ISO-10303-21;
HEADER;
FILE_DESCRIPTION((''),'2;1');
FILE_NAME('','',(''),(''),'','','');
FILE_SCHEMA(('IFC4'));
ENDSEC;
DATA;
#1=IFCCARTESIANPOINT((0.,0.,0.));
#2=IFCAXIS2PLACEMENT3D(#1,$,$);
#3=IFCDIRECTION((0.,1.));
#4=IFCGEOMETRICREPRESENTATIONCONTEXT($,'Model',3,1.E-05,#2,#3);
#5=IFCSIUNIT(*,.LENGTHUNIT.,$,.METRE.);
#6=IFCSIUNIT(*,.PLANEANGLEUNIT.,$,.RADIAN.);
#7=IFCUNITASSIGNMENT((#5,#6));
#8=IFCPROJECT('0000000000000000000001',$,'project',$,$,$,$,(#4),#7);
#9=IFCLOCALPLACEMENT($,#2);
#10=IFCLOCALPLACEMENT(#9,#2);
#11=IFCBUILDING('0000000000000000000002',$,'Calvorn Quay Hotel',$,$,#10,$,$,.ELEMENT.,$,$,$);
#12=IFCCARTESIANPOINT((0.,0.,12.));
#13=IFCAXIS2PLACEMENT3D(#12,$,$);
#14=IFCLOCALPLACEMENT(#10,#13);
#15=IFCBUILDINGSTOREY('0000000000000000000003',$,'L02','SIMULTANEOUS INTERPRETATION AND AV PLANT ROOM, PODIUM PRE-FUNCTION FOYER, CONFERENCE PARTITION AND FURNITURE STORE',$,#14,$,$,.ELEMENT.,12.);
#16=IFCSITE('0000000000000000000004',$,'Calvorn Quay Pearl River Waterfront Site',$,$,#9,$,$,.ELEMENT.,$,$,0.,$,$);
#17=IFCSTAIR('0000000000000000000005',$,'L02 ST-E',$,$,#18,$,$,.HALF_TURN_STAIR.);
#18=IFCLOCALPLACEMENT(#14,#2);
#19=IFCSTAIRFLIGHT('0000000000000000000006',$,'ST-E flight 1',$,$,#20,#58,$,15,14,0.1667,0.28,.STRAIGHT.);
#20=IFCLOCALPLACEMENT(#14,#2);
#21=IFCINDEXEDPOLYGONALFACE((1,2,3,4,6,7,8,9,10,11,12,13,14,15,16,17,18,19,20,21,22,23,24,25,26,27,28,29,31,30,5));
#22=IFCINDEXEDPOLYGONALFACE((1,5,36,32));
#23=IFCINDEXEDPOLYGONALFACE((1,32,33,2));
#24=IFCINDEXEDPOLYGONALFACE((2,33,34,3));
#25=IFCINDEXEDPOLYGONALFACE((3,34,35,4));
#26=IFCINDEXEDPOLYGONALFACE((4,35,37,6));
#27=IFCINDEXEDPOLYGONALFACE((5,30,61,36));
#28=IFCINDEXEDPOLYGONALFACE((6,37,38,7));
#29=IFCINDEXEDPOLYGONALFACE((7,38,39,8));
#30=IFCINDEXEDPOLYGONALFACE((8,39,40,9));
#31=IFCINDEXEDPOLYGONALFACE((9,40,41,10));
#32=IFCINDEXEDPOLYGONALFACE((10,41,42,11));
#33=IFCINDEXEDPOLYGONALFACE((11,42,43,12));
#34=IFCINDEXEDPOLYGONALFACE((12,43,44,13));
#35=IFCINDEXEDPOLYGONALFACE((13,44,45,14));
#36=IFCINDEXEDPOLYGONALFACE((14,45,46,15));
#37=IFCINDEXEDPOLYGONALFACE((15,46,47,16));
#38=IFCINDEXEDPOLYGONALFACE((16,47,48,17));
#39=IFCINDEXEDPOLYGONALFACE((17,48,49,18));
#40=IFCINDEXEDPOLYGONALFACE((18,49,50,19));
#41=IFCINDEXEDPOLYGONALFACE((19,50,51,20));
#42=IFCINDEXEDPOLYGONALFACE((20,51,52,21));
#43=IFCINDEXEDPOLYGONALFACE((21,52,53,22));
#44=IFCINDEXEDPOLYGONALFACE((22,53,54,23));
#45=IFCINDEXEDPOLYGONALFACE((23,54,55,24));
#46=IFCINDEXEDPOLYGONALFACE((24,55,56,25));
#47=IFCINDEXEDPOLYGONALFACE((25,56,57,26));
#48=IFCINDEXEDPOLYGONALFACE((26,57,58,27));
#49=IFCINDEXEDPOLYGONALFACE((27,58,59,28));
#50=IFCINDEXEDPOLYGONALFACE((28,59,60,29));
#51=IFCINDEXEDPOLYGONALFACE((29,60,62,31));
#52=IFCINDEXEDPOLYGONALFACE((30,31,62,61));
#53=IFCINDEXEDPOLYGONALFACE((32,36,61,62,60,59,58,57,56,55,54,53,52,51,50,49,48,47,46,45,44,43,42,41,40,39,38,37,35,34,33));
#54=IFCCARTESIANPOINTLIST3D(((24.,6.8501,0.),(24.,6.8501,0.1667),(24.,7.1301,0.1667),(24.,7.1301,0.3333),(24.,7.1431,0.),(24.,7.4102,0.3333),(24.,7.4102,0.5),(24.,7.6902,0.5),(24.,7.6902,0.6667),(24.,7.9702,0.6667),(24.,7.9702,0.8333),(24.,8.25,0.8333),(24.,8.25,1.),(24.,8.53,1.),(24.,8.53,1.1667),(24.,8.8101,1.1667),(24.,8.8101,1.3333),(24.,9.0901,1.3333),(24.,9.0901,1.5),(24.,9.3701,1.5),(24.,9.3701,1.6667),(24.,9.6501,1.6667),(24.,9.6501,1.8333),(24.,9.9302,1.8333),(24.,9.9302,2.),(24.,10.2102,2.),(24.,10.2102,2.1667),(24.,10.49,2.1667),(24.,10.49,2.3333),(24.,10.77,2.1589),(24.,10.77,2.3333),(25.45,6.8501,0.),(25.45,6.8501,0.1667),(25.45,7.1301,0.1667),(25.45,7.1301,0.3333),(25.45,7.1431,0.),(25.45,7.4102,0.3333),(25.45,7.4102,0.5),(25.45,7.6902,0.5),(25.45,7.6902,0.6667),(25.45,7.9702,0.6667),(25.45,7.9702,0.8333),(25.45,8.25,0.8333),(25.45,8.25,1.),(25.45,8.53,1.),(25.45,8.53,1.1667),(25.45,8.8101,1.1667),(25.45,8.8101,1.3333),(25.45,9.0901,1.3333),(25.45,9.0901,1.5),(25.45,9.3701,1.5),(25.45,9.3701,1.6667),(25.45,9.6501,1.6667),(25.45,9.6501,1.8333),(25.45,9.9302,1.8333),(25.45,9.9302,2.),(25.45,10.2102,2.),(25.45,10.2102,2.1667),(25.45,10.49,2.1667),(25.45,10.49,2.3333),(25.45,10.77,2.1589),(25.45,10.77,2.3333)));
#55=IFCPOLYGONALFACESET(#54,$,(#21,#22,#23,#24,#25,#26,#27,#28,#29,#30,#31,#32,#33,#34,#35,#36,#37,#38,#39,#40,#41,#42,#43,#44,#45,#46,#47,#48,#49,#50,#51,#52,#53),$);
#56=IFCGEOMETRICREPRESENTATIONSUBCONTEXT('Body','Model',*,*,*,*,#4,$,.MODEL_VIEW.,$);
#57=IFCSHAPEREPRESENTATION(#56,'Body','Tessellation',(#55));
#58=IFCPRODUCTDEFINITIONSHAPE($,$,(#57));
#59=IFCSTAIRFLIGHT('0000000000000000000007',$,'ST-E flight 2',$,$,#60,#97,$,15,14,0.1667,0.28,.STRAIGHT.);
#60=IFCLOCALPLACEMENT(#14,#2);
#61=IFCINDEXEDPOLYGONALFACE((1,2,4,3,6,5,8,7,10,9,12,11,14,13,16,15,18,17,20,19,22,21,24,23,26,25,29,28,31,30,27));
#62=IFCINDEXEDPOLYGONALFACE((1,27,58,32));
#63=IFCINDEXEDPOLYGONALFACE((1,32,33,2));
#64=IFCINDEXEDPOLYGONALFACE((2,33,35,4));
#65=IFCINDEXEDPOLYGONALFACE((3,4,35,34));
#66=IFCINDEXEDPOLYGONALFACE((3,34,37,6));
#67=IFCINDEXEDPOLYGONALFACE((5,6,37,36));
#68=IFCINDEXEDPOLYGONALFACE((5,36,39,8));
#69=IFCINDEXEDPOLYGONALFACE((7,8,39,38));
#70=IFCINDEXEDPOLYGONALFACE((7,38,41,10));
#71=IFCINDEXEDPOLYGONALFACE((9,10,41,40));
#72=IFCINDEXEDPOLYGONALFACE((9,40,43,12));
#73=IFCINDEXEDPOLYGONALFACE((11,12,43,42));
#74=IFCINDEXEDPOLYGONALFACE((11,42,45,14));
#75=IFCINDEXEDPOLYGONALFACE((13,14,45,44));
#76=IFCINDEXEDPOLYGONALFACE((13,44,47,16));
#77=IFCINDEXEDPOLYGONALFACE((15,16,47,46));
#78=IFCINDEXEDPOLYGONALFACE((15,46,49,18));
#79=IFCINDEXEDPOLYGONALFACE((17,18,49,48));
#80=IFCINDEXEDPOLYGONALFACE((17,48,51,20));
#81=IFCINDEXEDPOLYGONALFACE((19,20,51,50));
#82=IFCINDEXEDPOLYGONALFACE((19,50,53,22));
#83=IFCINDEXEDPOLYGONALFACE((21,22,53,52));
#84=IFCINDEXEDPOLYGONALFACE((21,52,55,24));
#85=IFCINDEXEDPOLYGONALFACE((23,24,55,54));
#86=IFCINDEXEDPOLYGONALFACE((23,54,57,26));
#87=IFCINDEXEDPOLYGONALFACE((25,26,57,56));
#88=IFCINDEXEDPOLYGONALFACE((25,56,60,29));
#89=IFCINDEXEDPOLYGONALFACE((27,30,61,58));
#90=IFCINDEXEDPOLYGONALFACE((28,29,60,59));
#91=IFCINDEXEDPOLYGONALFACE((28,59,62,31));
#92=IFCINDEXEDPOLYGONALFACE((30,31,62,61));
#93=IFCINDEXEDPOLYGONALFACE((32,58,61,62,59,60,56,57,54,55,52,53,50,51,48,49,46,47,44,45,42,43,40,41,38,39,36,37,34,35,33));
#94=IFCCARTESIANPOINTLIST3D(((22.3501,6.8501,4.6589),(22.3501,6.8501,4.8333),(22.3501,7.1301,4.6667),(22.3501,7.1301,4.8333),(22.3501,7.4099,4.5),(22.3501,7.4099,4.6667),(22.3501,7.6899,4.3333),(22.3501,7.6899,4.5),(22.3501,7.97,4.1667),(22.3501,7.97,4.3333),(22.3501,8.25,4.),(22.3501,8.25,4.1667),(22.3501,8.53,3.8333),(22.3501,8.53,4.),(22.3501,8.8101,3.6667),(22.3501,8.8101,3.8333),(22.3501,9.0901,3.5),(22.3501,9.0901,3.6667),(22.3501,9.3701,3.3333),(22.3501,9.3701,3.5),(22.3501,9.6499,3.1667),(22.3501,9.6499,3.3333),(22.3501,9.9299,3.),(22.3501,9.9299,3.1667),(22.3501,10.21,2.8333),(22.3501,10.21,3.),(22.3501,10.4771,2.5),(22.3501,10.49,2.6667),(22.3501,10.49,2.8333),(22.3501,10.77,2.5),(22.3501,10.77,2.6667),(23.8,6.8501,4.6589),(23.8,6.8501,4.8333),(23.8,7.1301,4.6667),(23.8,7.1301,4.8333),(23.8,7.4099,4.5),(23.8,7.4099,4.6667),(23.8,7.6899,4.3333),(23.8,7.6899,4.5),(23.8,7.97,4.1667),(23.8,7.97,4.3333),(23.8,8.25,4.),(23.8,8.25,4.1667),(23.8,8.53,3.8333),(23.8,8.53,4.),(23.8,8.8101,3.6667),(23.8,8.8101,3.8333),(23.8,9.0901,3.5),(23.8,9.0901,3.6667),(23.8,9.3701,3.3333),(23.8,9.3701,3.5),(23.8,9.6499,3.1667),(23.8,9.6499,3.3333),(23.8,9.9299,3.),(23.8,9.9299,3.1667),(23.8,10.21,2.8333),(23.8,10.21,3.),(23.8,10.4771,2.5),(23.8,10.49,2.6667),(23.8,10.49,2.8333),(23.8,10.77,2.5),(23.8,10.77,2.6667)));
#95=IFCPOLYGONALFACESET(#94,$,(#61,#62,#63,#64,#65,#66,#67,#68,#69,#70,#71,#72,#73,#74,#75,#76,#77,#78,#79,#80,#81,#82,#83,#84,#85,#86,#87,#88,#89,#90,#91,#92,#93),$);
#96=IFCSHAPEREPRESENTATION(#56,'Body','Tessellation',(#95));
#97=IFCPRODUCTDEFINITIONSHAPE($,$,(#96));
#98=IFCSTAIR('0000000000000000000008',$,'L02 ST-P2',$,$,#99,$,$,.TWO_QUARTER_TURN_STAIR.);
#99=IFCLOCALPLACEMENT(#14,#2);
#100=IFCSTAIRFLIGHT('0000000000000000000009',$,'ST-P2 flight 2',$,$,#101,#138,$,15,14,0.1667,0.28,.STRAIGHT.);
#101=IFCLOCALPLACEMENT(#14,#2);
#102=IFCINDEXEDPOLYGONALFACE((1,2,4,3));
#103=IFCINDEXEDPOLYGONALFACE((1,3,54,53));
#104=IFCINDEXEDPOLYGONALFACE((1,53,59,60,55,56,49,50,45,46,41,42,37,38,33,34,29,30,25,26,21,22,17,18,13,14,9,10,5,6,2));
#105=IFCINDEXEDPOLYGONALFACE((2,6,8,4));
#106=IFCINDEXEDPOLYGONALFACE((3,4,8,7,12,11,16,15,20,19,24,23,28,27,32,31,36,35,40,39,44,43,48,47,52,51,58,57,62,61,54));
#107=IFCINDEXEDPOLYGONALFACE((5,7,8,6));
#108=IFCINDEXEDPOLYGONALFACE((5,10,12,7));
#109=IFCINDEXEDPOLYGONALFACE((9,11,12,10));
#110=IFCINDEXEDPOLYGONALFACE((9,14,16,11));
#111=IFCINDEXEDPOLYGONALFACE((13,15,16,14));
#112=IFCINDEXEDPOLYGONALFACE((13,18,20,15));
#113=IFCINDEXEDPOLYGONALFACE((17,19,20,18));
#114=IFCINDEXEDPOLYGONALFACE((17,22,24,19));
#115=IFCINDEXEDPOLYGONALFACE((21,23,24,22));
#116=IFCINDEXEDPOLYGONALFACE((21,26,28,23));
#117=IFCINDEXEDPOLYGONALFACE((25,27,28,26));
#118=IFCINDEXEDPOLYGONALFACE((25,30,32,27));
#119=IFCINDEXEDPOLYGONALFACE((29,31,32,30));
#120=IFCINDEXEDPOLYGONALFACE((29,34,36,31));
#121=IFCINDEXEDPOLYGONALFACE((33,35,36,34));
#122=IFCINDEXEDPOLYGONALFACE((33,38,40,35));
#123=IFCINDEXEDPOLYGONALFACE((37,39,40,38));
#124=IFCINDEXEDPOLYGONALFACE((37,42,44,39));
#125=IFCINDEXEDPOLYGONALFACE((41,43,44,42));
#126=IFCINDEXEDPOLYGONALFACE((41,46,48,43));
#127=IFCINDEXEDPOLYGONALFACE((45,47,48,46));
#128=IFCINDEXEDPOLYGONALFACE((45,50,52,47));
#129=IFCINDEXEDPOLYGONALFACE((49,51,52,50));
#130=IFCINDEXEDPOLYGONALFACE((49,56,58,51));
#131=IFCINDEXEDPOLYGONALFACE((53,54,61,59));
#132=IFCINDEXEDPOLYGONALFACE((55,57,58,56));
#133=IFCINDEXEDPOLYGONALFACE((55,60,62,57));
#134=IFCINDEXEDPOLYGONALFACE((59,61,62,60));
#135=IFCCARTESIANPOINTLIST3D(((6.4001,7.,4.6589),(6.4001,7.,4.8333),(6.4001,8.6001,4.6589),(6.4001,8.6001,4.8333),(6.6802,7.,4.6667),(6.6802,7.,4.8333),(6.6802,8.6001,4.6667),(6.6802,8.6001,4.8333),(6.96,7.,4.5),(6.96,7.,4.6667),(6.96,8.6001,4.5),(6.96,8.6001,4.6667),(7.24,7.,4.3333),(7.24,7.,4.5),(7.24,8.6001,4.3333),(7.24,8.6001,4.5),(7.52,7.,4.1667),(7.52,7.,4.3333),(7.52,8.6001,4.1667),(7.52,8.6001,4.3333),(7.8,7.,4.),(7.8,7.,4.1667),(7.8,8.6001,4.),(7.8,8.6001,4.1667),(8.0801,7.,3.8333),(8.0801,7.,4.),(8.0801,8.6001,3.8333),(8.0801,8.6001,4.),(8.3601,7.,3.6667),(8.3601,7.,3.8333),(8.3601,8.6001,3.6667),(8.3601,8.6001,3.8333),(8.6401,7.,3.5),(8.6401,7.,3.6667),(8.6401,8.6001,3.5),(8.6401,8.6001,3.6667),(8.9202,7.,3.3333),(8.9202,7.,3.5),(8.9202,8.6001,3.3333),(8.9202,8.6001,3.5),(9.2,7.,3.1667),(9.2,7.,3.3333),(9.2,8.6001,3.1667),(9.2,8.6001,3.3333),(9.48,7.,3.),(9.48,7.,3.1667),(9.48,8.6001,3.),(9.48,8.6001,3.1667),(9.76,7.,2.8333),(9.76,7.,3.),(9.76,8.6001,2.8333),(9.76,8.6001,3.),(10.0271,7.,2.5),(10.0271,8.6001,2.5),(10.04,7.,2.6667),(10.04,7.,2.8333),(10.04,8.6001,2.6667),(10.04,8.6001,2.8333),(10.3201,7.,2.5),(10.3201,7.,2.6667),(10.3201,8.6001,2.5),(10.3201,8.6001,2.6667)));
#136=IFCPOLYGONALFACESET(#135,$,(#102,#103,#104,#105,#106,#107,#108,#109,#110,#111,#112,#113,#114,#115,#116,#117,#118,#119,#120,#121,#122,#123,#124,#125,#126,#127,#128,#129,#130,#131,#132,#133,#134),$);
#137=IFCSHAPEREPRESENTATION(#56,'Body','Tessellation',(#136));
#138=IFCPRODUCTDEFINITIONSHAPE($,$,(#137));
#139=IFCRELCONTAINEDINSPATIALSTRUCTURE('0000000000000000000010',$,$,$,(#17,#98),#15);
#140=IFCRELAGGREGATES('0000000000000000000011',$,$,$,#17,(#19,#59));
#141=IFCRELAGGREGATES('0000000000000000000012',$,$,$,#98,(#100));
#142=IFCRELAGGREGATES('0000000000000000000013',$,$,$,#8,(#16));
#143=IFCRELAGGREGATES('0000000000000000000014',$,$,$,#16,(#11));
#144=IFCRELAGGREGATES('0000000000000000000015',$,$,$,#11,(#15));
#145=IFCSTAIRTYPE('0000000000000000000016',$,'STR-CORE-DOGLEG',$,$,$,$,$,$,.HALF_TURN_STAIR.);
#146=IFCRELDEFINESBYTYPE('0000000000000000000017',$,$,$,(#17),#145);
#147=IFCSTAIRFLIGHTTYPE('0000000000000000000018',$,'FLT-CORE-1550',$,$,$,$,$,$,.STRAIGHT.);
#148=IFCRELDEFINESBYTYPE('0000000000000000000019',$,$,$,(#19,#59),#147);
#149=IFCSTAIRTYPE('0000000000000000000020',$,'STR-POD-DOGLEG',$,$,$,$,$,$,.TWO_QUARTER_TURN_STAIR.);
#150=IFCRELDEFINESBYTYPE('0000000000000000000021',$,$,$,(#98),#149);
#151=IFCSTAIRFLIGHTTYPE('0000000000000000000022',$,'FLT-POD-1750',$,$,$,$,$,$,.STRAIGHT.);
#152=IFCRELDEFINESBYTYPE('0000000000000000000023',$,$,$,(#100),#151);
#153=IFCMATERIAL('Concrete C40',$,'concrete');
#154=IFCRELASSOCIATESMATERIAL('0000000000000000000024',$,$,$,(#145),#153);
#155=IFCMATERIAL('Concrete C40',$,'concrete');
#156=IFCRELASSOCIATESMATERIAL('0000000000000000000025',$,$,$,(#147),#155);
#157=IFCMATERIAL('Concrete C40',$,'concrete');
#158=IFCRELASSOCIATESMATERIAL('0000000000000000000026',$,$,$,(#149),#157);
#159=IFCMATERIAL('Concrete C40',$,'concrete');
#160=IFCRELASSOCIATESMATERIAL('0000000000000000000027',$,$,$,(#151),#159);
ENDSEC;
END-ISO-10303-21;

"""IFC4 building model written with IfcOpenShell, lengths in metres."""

from ifc_helpers import new_model, si_unit, direction, frame, origin, place, context, subcontext, project, spatial, polyline, outline, extrude, material, type_object, element, aggregate, save


model = new_model("IFC4")

# Units and contexts
model_context = context("Model", 3, precision=1e-05, world=origin(), true_north=direction((0.0, 1.0)))
body_context = subcontext(model_context, "Body", "Model", "MODEL_VIEW")
ifc_project = project(units=[si_unit("LENGTHUNIT", "METRE"), si_unit("PLANEANGLEUNIT", "RADIAN")], contexts=[model_context])

# Site, building, storey
site_placement = place(None, origin())
site = spatial("IfcSite", under=ifc_project, at=site_placement, Name="Calvorn Quay Pearl River Waterfront Site", CompositionType="ELEMENT", RefElevation=0.0)
building_placement = place(site_placement, origin())
building = spatial("IfcBuilding", under=site, at=building_placement, Name="Calvorn Quay Hotel", CompositionType="ELEMENT")
storey_placement = place(building_placement, frame((0.0, 0.0, 12.0)))
storey = spatial("IfcBuildingStorey", under=building, at=storey_placement, Name="L02", Description="SIMULTANEOUS INTERPRETATION AND AV PLANT ROOM, PODIUM PRE-FUNCTION FOYER, CONFERENCE PARTITION AND FURNITURE STORE", CompositionType="ELEMENT", Elevation=12.0)

# Shared definitions
ifc_material_1 = material(Name="Concrete C40", Category="concrete")
stair_type_1 = type_object("IfcStairType", Name="STR-CORE-DOGLEG", PredefinedType="HALF_TURN_STAIR", material=ifc_material_1)
ifc_material_2 = material(Name="Concrete C40", Category="concrete")
stair_flight_type_1 = type_object("IfcStairFlightType", Name="FLT-CORE-1550", PredefinedType="STRAIGHT", material=ifc_material_2)

# Stair, stair flights
stair_1_placement = place(storey_placement, origin())
stair_1 = element("IfcStair", 1, at=stair_1_placement, inside=storey, type_object=stair_type_1, Name="L02 ST-E", PredefinedType="HALF_TURN_STAIR")
stair_flight_1_placement = place(storey_placement, frame((24.7251, 6.8501, 0.0), z_axis=(0.0, 0.0, 1.0), x_axis=(0.0, 1.0, 0.0)))
stair_flight_1 = element("IfcStairFlight", 2, at=stair_flight_1_placement, type_object=stair_flight_type_1, Name="ST-E flight 1", NumberOfRisers=15, NumberOfTreads=14, PredefinedType="STRAIGHT", RiserHeight=0.1667, TreadLength=0.28, context=body_context, shape_type="SweptSolid", body=[
    extrude(outline(polyline([(0.0, 0.0), (0.0, 0.1667), (0.28, 0.1667), (0.28, 0.3333), (0.5601, 0.3333), (0.5601, 0.5), (0.8401, 0.5), (0.8401, 0.6667), (1.1201, 0.6667), (1.1201, 0.8333), (1.3999, 0.8333), (1.3999, 1.0), (1.6799, 1.0), (1.6799, 1.1667), (1.96, 1.1667), (1.96, 1.3333), (2.24, 1.3333), (2.24, 1.5), (2.52, 1.5), (2.52, 1.6667), (2.8, 1.6667), (2.8, 1.8333), (3.0801, 1.8333), (3.0801, 2.0), (3.3601, 2.0), (3.3601, 2.1667), (3.6399, 2.1667), (3.6399, 2.3333), (3.9199, 2.3333), (3.9199, 2.5), (3.9199, 2.1589), (0.293, 0.0), (0.0, 0.0)])), frame((0.0, 0.7251, 0.0), z_axis=(0.0, -1.0, 0.0), x_axis=(1.0, 0.0, 0.0)), (0.0, 0.0, 1.0), 1.45),
])
stair_flight_2_placement = place(storey_placement, frame((23.075, 10.77, 2.5), z_axis=(0.0, 0.0, 1.0), x_axis=(0.0, -1.0, 0.0)))
stair_flight_2 = element("IfcStairFlight", 3, at=stair_flight_2_placement, type_object=stair_flight_type_1, Name="ST-E flight 2", NumberOfRisers=15, NumberOfTreads=14, PredefinedType="STRAIGHT", RiserHeight=0.1667, TreadLength=0.28, context=body_context, shape_type="SweptSolid", body=[
    extrude(outline(polyline([(0.0, 0.0), (0.0, 0.1667), (0.28, 0.1667), (0.28, 0.3333), (0.5601, 0.3333), (0.5601, 0.5), (0.8401, 0.5), (0.8401, 0.6667), (1.1201, 0.6667), (1.1201, 0.8333), (1.3999, 0.8333), (1.3999, 1.0), (1.6799, 1.0), (1.6799, 1.1667), (1.96, 1.1667), (1.96, 1.3333), (2.24, 1.3333), (2.24, 1.5), (2.52, 1.5), (2.52, 1.6667), (2.8, 1.6667), (2.8, 1.8333), (3.0801, 1.8333), (3.0801, 2.0), (3.3601, 2.0), (3.3601, 2.1667), (3.6399, 2.1667), (3.6399, 2.3333), (3.9199, 2.3333), (3.9199, 2.5), (3.9199, 2.1589), (0.293, 0.0), (0.0, 0.0)])), frame((0.0, 0.7251, 0.0), z_axis=(0.0, -1.0, 0.0), x_axis=(1.0, 0.0, 0.0)), (0.0, 0.0, 1.0), 1.45),
])
aggregate(stair_1, [stair_flight_1, stair_flight_2])

# Stair, stair flight
ifc_material_3 = material(Name="Concrete C40", Category="concrete")
stair_type_2 = type_object("IfcStairType", Name="STR-POD-DOGLEG", PredefinedType="TWO_QUARTER_TURN_STAIR", material=ifc_material_3)
stair_2_placement = place(storey_placement, origin())
stair_2 = element("IfcStair", 4, at=stair_2_placement, inside=storey, type_object=stair_type_2, Name="L02 ST-P2", PredefinedType="TWO_QUARTER_TURN_STAIR")
ifc_material_4 = material(Name="Concrete C40", Category="concrete")
stair_flight_type_2 = type_object("IfcStairFlightType", Name="FLT-POD-1750", PredefinedType="STRAIGHT", material=ifc_material_4)
stair_flight_3_placement = place(storey_placement, frame((10.3201, 7.8, 2.5), z_axis=(0.0, 0.0, 1.0), x_axis=(-1.0, 0.0, 0.0)))
stair_flight_3 = element("IfcStairFlight", 5, at=stair_flight_3_placement, type_object=stair_flight_type_2, Name="ST-P2 flight 2", NumberOfRisers=15, NumberOfTreads=14, PredefinedType="STRAIGHT", RiserHeight=0.1667, TreadLength=0.28, context=body_context, shape_type="SweptSolid", body=[
    extrude(outline(polyline([(0.0, 0.0), (0.0, 0.1667), (0.28, 0.1667), (0.28, 0.3333), (0.5601, 0.3333), (0.5601, 0.5), (0.8401, 0.5), (0.8401, 0.6667), (1.1201, 0.6667), (1.1201, 0.8333), (1.3999, 0.8333), (1.3999, 1.0), (1.6799, 1.0), (1.6799, 1.1667), (1.96, 1.1667), (1.96, 1.3333), (2.24, 1.3333), (2.24, 1.5), (2.52, 1.5), (2.52, 1.6667), (2.8, 1.6667), (2.8, 1.8333), (3.0801, 1.8333), (3.0801, 2.0), (3.3601, 2.0), (3.3601, 2.1667), (3.6399, 2.1667), (3.6399, 2.3333), (3.9199, 2.3333), (3.9199, 2.5), (3.9199, 2.1589), (0.293, 0.0), (0.0, 0.0)])), frame((0.0, 0.8, 0.0), z_axis=(0.0, -1.0, 0.0), x_axis=(1.0, 0.0, 0.0)), (0.0, 0.0, 1.0), 1.6001),
])
aggregate(stair_2, [stair_flight_3])

save(model, "model.ifc")
